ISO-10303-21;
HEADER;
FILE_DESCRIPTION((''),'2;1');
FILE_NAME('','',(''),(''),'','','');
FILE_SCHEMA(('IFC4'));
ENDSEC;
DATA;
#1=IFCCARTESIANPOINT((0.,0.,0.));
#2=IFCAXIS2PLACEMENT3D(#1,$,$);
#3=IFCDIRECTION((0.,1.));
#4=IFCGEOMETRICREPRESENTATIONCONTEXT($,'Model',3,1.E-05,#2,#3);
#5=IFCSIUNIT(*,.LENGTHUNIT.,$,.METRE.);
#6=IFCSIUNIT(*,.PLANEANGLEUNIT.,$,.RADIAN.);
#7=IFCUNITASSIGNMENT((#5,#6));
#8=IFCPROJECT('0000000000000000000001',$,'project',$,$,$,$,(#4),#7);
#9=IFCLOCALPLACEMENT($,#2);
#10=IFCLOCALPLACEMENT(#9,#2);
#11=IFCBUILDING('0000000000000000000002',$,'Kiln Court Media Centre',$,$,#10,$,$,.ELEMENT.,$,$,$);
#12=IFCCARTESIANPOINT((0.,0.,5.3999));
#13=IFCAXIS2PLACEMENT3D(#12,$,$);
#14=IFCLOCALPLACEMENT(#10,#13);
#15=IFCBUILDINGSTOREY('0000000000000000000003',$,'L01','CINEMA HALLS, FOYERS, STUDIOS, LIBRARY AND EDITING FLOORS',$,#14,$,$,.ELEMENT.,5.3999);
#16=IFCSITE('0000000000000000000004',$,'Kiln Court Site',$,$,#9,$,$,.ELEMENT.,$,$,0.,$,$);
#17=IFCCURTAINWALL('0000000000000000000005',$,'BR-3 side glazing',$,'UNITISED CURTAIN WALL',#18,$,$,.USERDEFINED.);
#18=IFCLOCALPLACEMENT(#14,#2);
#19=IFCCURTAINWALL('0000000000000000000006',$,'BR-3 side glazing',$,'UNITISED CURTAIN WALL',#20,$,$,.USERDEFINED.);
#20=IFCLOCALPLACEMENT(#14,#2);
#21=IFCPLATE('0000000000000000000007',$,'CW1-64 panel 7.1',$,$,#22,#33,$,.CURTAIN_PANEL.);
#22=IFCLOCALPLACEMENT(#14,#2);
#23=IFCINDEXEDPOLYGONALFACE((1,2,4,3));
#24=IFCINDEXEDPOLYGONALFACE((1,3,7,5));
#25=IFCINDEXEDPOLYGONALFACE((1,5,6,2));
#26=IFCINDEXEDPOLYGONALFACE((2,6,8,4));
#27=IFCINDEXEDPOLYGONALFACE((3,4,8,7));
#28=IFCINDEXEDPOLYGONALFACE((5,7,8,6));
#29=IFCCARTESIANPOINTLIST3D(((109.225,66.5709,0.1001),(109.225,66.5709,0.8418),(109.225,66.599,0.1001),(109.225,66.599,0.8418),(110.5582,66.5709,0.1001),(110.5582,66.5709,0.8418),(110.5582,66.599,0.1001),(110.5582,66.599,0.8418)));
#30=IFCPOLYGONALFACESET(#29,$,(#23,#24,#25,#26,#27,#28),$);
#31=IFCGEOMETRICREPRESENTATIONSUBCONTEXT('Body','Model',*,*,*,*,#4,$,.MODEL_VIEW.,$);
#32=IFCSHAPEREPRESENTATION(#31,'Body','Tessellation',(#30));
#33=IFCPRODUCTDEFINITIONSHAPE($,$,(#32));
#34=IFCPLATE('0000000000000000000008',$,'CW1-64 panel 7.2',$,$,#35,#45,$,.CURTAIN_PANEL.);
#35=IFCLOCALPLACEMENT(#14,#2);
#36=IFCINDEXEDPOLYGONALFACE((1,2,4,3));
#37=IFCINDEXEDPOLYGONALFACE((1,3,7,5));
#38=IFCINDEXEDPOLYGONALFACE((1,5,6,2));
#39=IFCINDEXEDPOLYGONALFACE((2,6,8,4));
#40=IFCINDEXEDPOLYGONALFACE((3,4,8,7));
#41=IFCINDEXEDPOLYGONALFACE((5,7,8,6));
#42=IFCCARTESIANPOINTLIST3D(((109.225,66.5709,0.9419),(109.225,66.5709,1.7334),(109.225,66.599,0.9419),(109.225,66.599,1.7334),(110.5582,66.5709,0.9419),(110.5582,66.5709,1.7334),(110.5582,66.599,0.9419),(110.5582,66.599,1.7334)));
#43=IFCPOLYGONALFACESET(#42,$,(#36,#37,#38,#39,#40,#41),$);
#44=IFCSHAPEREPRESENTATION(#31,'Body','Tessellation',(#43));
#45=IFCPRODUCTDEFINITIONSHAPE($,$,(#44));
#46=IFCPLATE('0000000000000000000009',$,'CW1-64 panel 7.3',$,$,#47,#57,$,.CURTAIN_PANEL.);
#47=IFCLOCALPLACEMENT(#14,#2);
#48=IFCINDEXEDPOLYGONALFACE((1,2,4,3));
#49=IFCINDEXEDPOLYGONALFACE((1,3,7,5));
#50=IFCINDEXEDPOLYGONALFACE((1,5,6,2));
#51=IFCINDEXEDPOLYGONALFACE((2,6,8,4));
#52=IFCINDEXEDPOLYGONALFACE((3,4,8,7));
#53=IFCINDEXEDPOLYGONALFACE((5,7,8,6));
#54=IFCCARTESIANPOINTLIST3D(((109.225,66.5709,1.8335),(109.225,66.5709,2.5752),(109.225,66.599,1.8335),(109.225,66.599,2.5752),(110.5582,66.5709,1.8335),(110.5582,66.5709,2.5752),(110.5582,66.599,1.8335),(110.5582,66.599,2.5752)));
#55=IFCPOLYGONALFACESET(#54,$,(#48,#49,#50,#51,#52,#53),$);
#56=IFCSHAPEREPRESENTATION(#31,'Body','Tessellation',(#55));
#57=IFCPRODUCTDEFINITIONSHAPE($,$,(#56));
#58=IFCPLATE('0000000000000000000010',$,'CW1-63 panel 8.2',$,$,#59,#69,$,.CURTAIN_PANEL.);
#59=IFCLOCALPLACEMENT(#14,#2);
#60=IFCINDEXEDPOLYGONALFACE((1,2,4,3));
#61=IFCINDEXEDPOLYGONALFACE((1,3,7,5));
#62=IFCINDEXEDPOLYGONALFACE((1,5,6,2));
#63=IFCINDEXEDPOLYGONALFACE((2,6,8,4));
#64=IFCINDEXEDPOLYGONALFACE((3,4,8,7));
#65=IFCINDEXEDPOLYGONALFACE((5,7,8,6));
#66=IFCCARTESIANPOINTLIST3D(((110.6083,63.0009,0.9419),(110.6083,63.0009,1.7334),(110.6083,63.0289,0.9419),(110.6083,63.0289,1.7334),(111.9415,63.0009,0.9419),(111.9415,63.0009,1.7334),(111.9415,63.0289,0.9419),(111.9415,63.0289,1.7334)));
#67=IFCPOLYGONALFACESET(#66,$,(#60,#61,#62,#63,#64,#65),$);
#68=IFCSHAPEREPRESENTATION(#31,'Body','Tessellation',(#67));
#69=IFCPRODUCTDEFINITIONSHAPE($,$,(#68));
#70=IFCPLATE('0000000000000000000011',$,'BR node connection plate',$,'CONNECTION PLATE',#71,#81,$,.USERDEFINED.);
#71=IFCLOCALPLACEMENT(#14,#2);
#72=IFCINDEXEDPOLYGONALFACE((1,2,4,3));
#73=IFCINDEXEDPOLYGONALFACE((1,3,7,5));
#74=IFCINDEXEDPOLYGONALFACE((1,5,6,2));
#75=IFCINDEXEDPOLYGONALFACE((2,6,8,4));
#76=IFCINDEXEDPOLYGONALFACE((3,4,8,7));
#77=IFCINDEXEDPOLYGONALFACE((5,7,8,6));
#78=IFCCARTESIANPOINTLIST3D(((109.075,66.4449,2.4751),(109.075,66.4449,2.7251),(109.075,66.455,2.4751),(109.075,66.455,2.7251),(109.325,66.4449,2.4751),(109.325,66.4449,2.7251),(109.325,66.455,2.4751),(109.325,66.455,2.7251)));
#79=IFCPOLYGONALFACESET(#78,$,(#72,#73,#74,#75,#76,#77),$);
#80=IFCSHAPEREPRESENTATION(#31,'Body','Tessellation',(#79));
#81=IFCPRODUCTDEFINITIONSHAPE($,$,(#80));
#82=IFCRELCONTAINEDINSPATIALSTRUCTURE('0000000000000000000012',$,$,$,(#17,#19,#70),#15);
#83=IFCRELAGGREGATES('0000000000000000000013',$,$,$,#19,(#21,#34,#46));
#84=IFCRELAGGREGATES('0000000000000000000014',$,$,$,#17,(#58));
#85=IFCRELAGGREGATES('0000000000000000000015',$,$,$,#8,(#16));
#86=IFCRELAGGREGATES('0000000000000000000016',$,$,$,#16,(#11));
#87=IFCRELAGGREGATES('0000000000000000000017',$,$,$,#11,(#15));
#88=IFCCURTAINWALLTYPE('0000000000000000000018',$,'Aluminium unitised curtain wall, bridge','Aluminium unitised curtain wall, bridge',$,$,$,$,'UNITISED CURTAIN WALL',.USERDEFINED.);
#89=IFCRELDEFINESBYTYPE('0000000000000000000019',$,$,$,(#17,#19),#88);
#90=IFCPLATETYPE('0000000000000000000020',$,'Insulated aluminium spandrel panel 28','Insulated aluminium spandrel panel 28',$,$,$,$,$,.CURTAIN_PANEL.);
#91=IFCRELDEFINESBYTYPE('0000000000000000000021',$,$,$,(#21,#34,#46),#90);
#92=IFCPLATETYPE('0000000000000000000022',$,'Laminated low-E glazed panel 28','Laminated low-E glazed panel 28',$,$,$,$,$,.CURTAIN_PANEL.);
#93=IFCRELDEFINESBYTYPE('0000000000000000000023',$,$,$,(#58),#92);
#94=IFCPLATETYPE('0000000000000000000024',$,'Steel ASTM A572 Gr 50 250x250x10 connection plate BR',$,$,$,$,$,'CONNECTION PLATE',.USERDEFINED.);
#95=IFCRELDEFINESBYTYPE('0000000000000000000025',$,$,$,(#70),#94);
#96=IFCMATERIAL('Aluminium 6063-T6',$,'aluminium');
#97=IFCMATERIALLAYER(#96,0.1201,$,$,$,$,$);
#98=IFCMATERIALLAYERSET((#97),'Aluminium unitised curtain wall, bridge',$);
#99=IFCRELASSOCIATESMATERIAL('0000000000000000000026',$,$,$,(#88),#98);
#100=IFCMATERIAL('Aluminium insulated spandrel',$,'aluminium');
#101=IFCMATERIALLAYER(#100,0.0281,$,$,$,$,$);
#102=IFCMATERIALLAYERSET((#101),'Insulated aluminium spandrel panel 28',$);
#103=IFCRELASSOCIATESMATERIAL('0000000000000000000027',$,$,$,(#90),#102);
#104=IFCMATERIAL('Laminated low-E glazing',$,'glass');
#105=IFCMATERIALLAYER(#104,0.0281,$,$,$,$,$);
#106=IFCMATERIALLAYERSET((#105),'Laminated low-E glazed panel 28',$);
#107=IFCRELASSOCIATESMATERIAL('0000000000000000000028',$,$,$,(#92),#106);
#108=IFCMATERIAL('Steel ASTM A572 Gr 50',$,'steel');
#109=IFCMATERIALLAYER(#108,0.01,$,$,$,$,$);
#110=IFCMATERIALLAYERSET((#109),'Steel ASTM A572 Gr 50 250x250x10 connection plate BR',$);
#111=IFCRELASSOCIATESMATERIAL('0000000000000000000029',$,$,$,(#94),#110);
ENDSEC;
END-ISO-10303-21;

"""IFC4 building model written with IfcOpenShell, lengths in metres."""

from ifc_helpers import new_model, si_unit, direction, frame, origin, origin_2d, place, context, subcontext, project, spatial, rectangle, extrude, material, layer, layer_set, type_object, element, aggregate, save


model = new_model("IFC4")

# Units and contexts
model_context = context("Model", 3, precision=1e-05, world=origin(), true_north=direction((0.0, 1.0)))
body_context = subcontext(model_context, "Body", "Model", "MODEL_VIEW")
ifc_project = project(units=[si_unit("LENGTHUNIT", "METRE"), si_unit("PLANEANGLEUNIT", "RADIAN")], contexts=[model_context])

# Site, building, storey
site_placement = place(None, origin())
site = spatial("IfcSite", under=ifc_project, at=site_placement, Name="Kiln Court Site", CompositionType="ELEMENT", RefElevation=0.0)
building_placement = place(site_placement, origin())
building = spatial("IfcBuilding", under=site, at=building_placement, Name="Kiln Court Media Centre", CompositionType="ELEMENT")
storey_placement = place(building_placement, frame((0.0, 0.0, 5.3999)))
storey = spatial("IfcBuildingStorey", under=building, at=storey_placement, Name="L01", Description="CINEMA HALLS, FOYERS, STUDIOS, LIBRARY AND EDITING FLOORS", CompositionType="ELEMENT", Elevation=5.3999)

# Curtain wall
ifc_material_1 = material(Name="Aluminium 6063-T6", Category="aluminium")
ifc_layer_1 = layer(ifc_material_1, 0.1201)
ifc_layer_set_1 = layer_set([ifc_layer_1], Name="Aluminium unitised curtain wall, bridge")
curtain_wall_type = type_object("IfcCurtainWallType", Name="Aluminium unitised curtain wall, bridge", Description="Aluminium unitised curtain wall, bridge", ElementType="UNITISED CURTAIN WALL", PredefinedType="USERDEFINED", material=ifc_layer_set_1)
curtain_wall_1_placement = place(storey_placement, origin())
curtain_wall_1 = element("IfcCurtainWall", 1, at=curtain_wall_1_placement, inside=storey, type_object=curtain_wall_type, Name="BR-3 side glazing", ObjectType="UNITISED CURTAIN WALL", PredefinedType="USERDEFINED")

# Curtain wall
curtain_wall_2_placement = place(storey_placement, origin())
curtain_wall_2 = element("IfcCurtainWall", 2, at=curtain_wall_2_placement, inside=storey, type_object=curtain_wall_type, Name="BR-3 side glazing", ObjectType="UNITISED CURTAIN WALL", PredefinedType="USERDEFINED")

# Plates
ifc_material_2 = material(Name="Aluminium insulated spandrel", Category="aluminium")
ifc_layer_2 = layer(ifc_material_2, 0.0281)
ifc_layer_set_2 = layer_set([ifc_layer_2], Name="Insulated aluminium spandrel panel 28")
plate_type_1 = type_object("IfcPlateType", Name="Insulated aluminium spandrel panel 28", Description="Insulated aluminium spandrel panel 28", PredefinedType="CURTAIN_PANEL", material=ifc_layer_set_2)
plate_1_placement = place(storey_placement, frame((109.8916, 66.585, 0.1001), z_axis=(0.0, 0.0, 1.0), x_axis=(1.0, 0.0, 0.0)))
plate_1 = element("IfcPlate", 3, at=plate_1_placement, type_object=plate_type_1, Name="CW1-64 panel 7.1", PredefinedType="CURTAIN_PANEL", context=body_context, shape_type="SweptSolid", body=[
    extrude(rectangle(XDim=1.3333, YDim=0.0281, at=origin_2d()), origin(), (0.0, 0.0, 1.0), 0.7417),
])
plate_2_placement = place(storey_placement, frame((109.8916, 66.585, 0.9419), z_axis=(0.0, 0.0, 1.0), x_axis=(1.0, 0.0, 0.0)))
plate_2 = element("IfcPlate", 4, at=plate_2_placement, type_object=plate_type_1, Name="CW1-64 panel 7.2", PredefinedType="CURTAIN_PANEL", context=body_context, shape_type="SweptSolid", body=[
    extrude(rectangle(XDim=1.3333, YDim=0.0281, at=origin_2d()), origin(), (0.0, 0.0, 1.0), 0.7915),
])
plate_3_placement = place(storey_placement, frame((109.8916, 66.585, 1.8335), z_axis=(0.0, 0.0, 1.0), x_axis=(1.0, 0.0, 0.0)))
plate_3 = element("IfcPlate", 5, at=plate_3_placement, type_object=plate_type_1, Name="CW1-64 panel 7.3", PredefinedType="CURTAIN_PANEL", context=body_context, shape_type="SweptSolid", body=[
    extrude(rectangle(XDim=1.3333, YDim=0.0281, at=origin_2d()), origin(), (0.0, 0.0, 1.0), 0.7417),
])
aggregate(curtain_wall_2, [plate_1, plate_2, plate_3])
ifc_material_3 = material(Name="Laminated low-E glazing", Category="glass")
ifc_layer_3 = layer(ifc_material_3, 0.0281)
ifc_layer_set_3 = layer_set([ifc_layer_3], Name="Laminated low-E glazed panel 28")
plate_type_2 = type_object("IfcPlateType", Name="Laminated low-E glazed panel 28", Description="Laminated low-E glazed panel 28", PredefinedType="CURTAIN_PANEL", material=ifc_layer_set_3)
plate_4_placement = place(storey_placement, frame((111.2749, 63.0149, 0.9419), z_axis=(0.0, 0.0, 1.0), x_axis=(1.0, 0.0, 0.0)))
plate_4 = element("IfcPlate", 6, at=plate_4_placement, type_object=plate_type_2, Name="CW1-63 panel 8.2", PredefinedType="CURTAIN_PANEL", context=body_context, shape_type="SweptSolid", body=[
    extrude(rectangle(XDim=1.3333, YDim=0.0281, at=origin_2d()), origin(), (0.0, 0.0, 1.0), 0.7915),
])
aggregate(curtain_wall_1, [plate_4])
ifc_material_4 = material(Name="Steel ASTM A572 Gr 50", Category="steel")
ifc_layer_4 = layer(ifc_material_4, 0.01)
ifc_layer_set_4 = layer_set([ifc_layer_4], Name="Steel ASTM A572 Gr 50 250x250x10 connection plate BR")
plate_type_3 = type_object("IfcPlateType", Name="Steel ASTM A572 Gr 50 250x250x10 connection plate BR", ElementType="CONNECTION PLATE", PredefinedType="USERDEFINED", material=ifc_layer_set_4)
plate_5_placement = place(storey_placement, frame((109.2, 66.45, 2.4751), z_axis=(0.0, 0.0, 1.0), x_axis=(1.0, 0.0, 0.0)))
element("IfcPlate", 7, at=plate_5_placement, inside=storey, type_object=plate_type_3, Name="BR node connection plate", ObjectType="CONNECTION PLATE", PredefinedType="USERDEFINED", context=body_context, shape_type="SweptSolid", body=[
    extrude(rectangle(XDim=0.25, YDim=0.01, at=origin_2d()), origin(), (0.0, 0.0, 1.0), 0.25),
])

save(model, "model.ifc")
